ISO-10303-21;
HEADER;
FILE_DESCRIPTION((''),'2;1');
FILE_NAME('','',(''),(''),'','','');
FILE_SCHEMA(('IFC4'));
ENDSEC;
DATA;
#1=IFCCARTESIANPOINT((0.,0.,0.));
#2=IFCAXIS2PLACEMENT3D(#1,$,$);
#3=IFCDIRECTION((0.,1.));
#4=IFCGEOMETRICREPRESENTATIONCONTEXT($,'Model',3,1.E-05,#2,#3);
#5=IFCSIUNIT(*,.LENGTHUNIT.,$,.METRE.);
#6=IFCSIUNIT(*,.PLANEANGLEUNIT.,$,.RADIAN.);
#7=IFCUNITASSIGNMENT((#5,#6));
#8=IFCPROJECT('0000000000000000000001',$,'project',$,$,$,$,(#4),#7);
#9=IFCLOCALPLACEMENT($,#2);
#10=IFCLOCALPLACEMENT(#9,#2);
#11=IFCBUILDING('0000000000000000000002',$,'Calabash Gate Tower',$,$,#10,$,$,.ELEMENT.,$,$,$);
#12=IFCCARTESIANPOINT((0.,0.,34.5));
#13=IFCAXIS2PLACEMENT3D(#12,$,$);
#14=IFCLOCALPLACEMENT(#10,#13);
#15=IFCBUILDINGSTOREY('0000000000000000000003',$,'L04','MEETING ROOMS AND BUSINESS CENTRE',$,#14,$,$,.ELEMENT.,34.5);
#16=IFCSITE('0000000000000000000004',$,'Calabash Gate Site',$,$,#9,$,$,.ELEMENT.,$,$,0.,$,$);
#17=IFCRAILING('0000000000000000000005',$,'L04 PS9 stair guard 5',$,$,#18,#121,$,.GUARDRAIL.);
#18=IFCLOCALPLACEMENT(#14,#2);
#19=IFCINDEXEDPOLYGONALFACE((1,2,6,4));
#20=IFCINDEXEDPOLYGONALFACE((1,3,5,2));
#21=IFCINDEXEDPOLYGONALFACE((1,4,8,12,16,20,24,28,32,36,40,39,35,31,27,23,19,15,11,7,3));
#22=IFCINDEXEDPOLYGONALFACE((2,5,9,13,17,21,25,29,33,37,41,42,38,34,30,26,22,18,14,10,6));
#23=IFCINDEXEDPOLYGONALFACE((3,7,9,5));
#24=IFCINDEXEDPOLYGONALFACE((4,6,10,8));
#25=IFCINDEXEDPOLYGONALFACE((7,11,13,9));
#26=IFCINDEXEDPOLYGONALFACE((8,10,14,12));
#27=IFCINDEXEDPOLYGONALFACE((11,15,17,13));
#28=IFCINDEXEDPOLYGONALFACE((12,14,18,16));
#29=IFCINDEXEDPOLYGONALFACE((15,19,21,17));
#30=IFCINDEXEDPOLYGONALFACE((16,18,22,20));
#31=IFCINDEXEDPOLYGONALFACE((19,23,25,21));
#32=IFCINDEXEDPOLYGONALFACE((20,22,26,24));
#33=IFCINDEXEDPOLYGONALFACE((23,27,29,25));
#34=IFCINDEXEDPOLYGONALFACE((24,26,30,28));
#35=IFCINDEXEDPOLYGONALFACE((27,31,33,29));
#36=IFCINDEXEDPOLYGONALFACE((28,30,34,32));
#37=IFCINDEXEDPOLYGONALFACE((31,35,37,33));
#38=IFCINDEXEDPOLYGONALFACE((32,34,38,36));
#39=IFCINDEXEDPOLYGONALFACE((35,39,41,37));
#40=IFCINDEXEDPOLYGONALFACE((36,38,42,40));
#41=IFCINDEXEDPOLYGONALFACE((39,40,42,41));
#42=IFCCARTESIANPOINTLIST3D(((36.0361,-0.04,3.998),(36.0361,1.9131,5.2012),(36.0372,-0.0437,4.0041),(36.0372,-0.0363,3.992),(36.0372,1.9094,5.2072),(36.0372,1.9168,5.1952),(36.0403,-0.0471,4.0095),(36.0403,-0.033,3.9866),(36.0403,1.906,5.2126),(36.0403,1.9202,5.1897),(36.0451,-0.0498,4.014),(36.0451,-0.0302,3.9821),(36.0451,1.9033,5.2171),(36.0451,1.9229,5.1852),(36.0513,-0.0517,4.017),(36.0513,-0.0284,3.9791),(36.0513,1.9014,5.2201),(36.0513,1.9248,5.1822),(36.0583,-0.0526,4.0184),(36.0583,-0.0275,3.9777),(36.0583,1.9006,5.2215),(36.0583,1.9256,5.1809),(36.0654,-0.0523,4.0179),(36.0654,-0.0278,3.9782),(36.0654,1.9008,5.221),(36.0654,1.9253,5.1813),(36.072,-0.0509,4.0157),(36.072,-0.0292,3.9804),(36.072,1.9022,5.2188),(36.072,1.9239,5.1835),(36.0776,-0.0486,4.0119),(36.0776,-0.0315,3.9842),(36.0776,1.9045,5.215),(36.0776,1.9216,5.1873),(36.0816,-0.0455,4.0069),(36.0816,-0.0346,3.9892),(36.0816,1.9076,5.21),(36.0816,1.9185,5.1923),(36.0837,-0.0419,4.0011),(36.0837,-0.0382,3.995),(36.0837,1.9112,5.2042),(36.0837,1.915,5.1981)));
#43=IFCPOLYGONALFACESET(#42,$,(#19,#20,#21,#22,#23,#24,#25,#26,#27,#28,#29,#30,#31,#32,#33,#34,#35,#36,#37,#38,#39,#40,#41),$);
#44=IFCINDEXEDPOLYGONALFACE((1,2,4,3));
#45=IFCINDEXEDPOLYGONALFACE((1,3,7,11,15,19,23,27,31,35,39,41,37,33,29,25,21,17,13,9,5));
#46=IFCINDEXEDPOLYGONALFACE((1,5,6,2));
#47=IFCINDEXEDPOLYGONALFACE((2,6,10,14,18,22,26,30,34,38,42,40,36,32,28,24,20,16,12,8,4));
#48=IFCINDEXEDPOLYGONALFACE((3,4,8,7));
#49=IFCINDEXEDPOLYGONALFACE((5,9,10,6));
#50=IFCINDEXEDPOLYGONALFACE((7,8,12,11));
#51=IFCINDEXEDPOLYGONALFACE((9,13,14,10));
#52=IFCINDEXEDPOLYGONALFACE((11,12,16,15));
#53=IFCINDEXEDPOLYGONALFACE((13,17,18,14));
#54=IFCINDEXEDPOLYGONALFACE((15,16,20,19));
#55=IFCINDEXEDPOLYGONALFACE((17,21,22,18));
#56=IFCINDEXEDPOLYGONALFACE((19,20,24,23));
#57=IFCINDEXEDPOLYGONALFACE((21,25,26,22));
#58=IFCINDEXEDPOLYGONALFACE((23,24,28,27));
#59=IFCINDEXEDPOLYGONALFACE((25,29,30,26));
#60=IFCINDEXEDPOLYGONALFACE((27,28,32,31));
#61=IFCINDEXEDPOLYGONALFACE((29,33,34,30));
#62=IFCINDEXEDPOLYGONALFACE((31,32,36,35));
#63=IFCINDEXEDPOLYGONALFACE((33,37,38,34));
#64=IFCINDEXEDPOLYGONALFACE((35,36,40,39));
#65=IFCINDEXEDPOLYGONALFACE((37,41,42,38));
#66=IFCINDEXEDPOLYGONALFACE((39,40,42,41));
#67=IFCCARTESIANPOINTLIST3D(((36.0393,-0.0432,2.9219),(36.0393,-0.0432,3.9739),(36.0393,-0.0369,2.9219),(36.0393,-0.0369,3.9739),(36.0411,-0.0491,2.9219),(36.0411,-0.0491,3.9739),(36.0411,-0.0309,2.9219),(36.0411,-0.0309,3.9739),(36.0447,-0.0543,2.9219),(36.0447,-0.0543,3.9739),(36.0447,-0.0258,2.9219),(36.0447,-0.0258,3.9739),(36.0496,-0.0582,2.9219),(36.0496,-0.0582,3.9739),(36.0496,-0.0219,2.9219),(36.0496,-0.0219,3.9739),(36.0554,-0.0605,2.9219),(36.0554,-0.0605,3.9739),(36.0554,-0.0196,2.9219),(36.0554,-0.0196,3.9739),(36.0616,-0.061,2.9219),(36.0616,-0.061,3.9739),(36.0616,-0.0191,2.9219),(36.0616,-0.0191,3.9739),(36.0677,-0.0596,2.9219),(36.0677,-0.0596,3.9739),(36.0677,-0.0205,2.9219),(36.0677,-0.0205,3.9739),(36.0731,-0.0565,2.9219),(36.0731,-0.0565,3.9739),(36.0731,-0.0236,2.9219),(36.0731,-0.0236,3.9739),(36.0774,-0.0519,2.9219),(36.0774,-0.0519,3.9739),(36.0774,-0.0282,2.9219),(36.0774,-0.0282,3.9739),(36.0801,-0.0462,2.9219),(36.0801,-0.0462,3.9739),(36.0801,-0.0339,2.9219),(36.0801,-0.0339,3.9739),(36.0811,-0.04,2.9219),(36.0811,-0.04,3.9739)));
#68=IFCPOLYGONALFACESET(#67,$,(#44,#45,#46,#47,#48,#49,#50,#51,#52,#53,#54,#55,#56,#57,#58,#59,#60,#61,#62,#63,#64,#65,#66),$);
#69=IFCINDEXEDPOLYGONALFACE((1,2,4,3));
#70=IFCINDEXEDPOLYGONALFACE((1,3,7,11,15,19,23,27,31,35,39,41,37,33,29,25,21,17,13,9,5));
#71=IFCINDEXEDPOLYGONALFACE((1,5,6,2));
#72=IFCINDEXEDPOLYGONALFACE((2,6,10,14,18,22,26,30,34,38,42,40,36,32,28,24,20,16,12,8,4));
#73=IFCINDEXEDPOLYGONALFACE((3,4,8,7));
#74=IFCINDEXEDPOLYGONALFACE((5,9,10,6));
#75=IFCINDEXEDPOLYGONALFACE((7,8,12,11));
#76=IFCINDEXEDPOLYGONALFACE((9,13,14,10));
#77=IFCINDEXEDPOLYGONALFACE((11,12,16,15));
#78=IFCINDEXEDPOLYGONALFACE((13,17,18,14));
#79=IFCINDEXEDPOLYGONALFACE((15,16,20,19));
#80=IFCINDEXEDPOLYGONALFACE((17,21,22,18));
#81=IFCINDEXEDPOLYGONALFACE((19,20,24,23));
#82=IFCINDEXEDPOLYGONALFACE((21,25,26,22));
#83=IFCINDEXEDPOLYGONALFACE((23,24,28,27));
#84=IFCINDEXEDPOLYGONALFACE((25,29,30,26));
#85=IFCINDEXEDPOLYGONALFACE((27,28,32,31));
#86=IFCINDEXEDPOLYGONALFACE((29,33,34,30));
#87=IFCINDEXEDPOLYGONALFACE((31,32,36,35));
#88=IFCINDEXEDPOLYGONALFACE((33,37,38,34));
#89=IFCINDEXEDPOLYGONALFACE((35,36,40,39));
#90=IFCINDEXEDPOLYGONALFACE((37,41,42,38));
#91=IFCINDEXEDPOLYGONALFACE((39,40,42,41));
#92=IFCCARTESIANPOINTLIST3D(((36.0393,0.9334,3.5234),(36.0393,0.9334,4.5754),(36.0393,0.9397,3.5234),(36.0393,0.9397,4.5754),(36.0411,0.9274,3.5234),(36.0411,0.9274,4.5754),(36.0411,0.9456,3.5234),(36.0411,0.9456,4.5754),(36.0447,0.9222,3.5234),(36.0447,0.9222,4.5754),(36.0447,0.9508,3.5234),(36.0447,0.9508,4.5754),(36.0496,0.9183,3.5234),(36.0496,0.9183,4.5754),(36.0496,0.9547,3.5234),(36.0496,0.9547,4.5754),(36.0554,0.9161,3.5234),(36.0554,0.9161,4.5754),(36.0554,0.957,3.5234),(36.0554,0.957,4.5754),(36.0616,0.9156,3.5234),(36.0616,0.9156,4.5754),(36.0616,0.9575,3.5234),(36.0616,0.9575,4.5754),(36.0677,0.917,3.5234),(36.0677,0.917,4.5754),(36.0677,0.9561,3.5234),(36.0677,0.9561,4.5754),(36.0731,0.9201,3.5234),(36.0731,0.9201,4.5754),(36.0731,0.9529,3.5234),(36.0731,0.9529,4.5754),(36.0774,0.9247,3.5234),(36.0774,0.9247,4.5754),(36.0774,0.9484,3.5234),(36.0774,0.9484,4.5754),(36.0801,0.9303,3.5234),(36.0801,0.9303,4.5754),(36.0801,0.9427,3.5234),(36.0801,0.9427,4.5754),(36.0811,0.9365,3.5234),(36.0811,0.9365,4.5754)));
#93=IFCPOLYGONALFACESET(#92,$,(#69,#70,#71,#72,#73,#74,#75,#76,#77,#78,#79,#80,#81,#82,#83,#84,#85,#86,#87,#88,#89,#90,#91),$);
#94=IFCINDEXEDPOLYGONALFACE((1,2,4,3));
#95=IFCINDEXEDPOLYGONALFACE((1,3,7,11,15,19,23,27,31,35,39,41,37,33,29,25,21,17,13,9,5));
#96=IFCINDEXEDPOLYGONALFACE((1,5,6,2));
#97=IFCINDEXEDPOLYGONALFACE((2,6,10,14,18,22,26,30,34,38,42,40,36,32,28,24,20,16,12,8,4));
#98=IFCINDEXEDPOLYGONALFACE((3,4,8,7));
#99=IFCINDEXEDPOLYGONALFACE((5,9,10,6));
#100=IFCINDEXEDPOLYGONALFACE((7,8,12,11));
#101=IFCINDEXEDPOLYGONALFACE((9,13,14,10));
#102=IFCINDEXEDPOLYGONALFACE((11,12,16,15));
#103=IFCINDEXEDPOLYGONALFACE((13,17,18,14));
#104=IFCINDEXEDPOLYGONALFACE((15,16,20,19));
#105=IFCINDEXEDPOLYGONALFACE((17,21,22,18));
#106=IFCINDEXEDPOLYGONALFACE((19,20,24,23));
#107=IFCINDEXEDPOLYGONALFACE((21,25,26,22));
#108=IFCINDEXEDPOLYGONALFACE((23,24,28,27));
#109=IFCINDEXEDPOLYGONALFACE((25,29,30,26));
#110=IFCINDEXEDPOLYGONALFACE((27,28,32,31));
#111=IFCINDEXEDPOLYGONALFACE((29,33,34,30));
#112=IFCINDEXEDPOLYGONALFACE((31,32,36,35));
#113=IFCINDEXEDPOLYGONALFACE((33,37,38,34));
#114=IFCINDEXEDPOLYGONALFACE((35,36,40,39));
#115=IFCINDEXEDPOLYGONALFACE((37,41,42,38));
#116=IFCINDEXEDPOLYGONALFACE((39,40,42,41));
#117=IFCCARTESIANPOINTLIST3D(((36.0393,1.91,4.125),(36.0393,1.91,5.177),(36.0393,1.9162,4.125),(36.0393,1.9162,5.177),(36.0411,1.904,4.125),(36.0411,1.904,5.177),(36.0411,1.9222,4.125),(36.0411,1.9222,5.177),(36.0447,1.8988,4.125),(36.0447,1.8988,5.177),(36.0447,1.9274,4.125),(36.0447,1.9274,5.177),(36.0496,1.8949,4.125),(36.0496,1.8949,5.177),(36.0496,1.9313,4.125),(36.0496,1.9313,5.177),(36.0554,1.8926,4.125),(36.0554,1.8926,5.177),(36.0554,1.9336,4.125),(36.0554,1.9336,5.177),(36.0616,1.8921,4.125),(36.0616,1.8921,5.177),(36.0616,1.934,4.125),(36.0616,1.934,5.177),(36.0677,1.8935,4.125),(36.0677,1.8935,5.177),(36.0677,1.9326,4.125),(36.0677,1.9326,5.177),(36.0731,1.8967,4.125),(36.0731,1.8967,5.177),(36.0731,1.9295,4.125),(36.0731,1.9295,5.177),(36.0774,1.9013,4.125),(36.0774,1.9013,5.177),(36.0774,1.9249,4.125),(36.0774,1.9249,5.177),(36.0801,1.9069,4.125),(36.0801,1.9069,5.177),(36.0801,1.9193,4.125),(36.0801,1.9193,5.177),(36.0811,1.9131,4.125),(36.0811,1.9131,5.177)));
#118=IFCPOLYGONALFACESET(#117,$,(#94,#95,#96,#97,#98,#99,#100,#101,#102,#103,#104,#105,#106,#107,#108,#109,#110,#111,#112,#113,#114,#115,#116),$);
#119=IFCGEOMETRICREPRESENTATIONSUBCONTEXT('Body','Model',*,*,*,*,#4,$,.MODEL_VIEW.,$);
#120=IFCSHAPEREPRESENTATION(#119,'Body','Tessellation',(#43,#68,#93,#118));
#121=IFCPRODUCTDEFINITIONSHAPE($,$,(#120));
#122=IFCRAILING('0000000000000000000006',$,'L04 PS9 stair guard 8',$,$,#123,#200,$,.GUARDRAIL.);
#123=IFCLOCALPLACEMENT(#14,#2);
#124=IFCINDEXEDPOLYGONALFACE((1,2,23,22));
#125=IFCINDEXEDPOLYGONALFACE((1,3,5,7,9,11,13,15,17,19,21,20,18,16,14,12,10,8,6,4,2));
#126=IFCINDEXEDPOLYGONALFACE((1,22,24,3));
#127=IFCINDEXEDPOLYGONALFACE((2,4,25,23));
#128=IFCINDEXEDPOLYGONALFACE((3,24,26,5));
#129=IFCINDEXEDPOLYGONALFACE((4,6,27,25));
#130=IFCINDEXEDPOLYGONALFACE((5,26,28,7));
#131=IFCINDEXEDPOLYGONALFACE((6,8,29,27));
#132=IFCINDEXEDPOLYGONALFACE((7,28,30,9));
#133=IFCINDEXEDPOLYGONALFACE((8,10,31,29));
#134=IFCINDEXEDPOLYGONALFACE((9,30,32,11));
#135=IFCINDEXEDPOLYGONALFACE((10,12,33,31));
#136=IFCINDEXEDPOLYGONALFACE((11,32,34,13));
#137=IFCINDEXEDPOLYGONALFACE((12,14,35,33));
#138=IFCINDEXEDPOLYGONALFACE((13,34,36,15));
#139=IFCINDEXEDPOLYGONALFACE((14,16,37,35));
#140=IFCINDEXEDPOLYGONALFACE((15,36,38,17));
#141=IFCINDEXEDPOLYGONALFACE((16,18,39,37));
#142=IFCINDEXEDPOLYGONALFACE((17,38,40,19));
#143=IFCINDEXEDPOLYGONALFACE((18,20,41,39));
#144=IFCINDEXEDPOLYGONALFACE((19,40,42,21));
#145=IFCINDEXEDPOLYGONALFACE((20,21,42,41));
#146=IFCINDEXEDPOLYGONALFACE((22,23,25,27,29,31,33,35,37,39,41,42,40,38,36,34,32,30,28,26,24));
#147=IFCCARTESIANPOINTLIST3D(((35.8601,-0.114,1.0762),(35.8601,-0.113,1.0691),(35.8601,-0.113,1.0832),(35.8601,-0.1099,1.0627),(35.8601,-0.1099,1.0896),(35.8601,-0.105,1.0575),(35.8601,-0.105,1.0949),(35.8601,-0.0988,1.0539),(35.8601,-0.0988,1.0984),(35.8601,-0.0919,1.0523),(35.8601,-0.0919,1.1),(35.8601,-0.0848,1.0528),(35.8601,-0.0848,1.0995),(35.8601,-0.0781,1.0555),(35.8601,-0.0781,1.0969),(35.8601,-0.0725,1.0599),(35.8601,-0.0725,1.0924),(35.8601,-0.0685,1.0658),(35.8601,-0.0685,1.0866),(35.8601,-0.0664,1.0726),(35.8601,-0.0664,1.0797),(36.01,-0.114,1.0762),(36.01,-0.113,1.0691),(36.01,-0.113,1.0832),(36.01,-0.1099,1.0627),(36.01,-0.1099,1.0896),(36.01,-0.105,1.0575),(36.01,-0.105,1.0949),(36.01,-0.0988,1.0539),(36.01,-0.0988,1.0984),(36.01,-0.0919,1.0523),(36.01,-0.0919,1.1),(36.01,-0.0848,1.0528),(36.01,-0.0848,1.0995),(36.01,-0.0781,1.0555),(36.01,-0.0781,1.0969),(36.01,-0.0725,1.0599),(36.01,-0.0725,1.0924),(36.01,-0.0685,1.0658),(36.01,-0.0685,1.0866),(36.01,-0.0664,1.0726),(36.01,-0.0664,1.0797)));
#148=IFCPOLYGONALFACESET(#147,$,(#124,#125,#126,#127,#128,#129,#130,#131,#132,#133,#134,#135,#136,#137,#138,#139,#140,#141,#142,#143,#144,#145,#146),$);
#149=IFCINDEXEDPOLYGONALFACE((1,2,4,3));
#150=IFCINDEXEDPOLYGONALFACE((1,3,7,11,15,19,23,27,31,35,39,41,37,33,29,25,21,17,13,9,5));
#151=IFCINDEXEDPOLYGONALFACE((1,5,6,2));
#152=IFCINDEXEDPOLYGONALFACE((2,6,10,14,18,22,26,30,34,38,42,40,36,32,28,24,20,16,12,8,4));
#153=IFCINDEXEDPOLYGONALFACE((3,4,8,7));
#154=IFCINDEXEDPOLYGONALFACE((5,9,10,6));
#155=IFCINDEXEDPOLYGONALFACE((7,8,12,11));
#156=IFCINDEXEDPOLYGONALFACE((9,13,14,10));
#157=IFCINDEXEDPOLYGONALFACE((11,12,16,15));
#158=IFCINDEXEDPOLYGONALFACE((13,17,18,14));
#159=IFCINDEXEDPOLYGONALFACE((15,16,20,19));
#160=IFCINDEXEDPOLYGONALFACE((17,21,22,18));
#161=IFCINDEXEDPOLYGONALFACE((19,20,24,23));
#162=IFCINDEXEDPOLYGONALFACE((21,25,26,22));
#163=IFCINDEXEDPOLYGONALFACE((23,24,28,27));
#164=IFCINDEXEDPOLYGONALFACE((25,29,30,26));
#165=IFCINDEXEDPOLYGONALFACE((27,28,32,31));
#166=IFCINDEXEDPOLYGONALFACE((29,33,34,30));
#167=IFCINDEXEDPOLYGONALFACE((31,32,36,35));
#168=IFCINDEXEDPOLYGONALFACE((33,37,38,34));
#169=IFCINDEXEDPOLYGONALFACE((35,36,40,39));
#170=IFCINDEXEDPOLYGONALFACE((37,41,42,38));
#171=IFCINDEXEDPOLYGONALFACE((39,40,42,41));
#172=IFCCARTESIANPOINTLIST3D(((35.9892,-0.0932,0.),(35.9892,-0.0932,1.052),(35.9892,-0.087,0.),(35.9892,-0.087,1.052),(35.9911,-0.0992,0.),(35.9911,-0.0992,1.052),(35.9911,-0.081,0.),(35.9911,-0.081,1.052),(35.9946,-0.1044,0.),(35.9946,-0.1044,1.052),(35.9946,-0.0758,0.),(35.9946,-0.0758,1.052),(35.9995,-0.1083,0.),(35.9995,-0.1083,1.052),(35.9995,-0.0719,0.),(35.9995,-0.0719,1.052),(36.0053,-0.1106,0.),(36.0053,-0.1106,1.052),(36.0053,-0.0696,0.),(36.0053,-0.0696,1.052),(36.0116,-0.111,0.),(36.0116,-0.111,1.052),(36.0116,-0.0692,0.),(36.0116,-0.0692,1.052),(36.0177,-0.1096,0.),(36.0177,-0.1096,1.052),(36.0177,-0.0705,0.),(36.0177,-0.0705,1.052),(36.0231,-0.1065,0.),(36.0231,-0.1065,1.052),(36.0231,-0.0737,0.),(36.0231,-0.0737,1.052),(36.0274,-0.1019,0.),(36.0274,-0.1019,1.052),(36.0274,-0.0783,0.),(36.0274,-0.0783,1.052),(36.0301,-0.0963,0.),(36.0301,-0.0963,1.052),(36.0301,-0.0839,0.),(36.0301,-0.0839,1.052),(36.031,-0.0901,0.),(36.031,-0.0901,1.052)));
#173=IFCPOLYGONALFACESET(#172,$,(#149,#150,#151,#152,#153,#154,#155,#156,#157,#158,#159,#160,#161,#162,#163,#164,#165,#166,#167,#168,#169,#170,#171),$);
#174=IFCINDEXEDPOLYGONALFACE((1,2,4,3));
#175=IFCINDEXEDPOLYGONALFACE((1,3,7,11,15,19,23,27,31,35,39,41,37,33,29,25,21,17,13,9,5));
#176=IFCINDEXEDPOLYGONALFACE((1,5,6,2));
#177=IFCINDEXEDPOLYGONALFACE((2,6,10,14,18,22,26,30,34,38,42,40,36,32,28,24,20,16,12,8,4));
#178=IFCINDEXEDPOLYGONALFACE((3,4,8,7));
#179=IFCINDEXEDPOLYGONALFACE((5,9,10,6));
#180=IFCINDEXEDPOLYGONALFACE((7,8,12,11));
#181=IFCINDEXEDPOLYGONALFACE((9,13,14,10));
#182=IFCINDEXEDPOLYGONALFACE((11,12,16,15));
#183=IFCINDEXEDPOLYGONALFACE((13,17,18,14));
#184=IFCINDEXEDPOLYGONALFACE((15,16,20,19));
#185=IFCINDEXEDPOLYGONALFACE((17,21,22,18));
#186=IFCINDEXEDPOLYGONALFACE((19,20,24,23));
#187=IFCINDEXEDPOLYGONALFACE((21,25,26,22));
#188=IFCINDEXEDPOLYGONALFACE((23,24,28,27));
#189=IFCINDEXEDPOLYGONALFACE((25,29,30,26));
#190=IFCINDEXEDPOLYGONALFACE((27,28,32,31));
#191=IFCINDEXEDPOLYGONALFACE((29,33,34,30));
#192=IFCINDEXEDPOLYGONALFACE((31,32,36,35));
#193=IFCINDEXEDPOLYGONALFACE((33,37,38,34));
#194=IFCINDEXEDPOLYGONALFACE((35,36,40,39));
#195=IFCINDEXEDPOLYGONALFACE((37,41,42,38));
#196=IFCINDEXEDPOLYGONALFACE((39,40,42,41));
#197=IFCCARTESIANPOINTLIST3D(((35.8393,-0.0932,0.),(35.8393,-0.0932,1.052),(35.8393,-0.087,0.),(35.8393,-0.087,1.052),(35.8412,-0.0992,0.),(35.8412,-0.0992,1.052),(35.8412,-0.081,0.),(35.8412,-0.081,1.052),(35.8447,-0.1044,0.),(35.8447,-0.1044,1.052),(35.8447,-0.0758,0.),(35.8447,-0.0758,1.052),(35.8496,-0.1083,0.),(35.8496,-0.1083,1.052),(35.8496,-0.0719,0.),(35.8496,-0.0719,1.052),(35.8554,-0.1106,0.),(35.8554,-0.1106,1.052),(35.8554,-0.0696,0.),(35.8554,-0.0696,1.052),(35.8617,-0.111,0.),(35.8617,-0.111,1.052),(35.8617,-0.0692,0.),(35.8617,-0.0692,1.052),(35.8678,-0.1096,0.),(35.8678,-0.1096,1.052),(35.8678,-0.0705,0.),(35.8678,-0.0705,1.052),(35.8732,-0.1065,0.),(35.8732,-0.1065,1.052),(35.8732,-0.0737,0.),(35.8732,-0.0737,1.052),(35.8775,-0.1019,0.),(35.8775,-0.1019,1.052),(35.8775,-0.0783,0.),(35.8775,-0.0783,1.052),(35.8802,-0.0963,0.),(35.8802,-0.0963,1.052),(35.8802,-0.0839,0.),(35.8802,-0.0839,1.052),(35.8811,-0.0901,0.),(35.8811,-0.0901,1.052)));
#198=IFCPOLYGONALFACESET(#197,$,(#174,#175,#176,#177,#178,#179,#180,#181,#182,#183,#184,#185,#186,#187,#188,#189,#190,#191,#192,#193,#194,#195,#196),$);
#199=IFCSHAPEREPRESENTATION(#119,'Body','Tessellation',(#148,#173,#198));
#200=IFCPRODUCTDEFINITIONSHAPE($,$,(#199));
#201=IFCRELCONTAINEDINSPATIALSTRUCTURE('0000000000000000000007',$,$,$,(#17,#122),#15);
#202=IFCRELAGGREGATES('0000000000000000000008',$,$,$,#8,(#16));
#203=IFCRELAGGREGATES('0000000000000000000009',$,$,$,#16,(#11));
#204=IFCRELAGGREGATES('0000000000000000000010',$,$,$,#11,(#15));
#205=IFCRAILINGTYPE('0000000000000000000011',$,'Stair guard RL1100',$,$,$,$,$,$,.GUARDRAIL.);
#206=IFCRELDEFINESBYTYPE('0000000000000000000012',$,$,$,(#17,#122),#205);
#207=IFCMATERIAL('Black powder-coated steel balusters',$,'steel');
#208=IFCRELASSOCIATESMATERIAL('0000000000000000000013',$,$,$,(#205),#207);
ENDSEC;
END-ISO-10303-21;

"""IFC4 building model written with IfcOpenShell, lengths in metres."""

from ifc_helpers import new_model, si_unit, direction, frame, origin, origin_2d, place, context, subcontext, project, spatial, circle, extrude, material, type_object, element, save


model = new_model("IFC4")

# Units and contexts
model_context = context("Model", 3, precision=1e-05, world=origin(), true_north=direction((0.0, 1.0)))
body_context = subcontext(model_context, "Body", "Model", "MODEL_VIEW")
ifc_project = project(units=[si_unit("LENGTHUNIT", "METRE"), si_unit("PLANEANGLEUNIT", "RADIAN")], contexts=[model_context])

# Site, building, storey
site_placement = place(None, origin())
site = spatial("IfcSite", under=ifc_project, at=site_placement, Name="Calabash Gate Site", CompositionType="ELEMENT", RefElevation=0.0)
building_placement = place(site_placement, origin())
building = spatial("IfcBuilding", under=site, at=building_placement, Name="Calabash Gate Tower", CompositionType="ELEMENT")
storey_placement = place(building_placement, frame((0.0, 0.0, 34.5)))
storey = spatial("IfcBuildingStorey", under=building, at=storey_placement, Name="L04", Description="MEETING ROOMS AND BUSINESS CENTRE", CompositionType="ELEMENT", Elevation=34.5)

# Railings
ifc_material_1 = material(Name="Black powder-coated steel balusters", Category="steel")
railing_type_1 = type_object("IfcRailingType", Name="Stair guard RL1100", PredefinedType="GUARDRAIL", material=ifc_material_1)
railing_1_placement = place(storey_placement, frame((36.0601, -0.04, 2.9219)))
element("IfcRailing", 1, at=railing_1_placement, inside=storey, type_object=railing_type_1, Name="L04 PS9 stair guard 5", PredefinedType="GUARDRAIL", context=body_context, shape_type="SweptSolid", body=[
    extrude(circle(Radius=0.0239, at=origin_2d()), frame((0.0, 0.0, 1.0762), z_axis=(0.0, 0.851424, 0.524477), x_axis=(-1.0, 0.0, 0.0)), (0.0, 0.0, 1.0), 2.2939),
    extrude(circle(Radius=0.021, at=origin_2d()), origin(), (0.0, 0.0, 1.0), 1.052),
    extrude(circle(Radius=0.021, at=origin_2d()), frame((0.0, 0.9766, 0.6016)), (0.0, 0.0, 1.0), 1.052),
    extrude(circle(Radius=0.021, at=origin_2d()), frame((0.0, 1.9531, 1.2031)), (0.0, 0.0, 1.0), 1.052),
])
railing_2_placement = place(storey_placement, frame((36.01, -0.0901, 0.0)))
element("IfcRailing", 2, at=railing_2_placement, inside=storey, type_object=railing_type_1, Name="L04 PS9 stair guard 8", PredefinedType="GUARDRAIL", context=body_context, shape_type="SweptSolid", body=[
    extrude(circle(Radius=0.0239, at=origin_2d()), frame((0.0, 0.0, 1.0762), z_axis=(-1.0, 0.0, 0.0), x_axis=(0.0, -1.0, 0.0)), (0.0, 0.0, 1.0), 0.1499),
    extrude(circle(Radius=0.021, at=origin_2d()), origin(), (0.0, 0.0, 1.0), 1.052),
    extrude(circle(Radius=0.021, at=origin_2d()), frame((-0.1499, 0.0, 0.0)), (0.0, 0.0, 1.0), 1.052),
])

save(model, "model.ifc")
